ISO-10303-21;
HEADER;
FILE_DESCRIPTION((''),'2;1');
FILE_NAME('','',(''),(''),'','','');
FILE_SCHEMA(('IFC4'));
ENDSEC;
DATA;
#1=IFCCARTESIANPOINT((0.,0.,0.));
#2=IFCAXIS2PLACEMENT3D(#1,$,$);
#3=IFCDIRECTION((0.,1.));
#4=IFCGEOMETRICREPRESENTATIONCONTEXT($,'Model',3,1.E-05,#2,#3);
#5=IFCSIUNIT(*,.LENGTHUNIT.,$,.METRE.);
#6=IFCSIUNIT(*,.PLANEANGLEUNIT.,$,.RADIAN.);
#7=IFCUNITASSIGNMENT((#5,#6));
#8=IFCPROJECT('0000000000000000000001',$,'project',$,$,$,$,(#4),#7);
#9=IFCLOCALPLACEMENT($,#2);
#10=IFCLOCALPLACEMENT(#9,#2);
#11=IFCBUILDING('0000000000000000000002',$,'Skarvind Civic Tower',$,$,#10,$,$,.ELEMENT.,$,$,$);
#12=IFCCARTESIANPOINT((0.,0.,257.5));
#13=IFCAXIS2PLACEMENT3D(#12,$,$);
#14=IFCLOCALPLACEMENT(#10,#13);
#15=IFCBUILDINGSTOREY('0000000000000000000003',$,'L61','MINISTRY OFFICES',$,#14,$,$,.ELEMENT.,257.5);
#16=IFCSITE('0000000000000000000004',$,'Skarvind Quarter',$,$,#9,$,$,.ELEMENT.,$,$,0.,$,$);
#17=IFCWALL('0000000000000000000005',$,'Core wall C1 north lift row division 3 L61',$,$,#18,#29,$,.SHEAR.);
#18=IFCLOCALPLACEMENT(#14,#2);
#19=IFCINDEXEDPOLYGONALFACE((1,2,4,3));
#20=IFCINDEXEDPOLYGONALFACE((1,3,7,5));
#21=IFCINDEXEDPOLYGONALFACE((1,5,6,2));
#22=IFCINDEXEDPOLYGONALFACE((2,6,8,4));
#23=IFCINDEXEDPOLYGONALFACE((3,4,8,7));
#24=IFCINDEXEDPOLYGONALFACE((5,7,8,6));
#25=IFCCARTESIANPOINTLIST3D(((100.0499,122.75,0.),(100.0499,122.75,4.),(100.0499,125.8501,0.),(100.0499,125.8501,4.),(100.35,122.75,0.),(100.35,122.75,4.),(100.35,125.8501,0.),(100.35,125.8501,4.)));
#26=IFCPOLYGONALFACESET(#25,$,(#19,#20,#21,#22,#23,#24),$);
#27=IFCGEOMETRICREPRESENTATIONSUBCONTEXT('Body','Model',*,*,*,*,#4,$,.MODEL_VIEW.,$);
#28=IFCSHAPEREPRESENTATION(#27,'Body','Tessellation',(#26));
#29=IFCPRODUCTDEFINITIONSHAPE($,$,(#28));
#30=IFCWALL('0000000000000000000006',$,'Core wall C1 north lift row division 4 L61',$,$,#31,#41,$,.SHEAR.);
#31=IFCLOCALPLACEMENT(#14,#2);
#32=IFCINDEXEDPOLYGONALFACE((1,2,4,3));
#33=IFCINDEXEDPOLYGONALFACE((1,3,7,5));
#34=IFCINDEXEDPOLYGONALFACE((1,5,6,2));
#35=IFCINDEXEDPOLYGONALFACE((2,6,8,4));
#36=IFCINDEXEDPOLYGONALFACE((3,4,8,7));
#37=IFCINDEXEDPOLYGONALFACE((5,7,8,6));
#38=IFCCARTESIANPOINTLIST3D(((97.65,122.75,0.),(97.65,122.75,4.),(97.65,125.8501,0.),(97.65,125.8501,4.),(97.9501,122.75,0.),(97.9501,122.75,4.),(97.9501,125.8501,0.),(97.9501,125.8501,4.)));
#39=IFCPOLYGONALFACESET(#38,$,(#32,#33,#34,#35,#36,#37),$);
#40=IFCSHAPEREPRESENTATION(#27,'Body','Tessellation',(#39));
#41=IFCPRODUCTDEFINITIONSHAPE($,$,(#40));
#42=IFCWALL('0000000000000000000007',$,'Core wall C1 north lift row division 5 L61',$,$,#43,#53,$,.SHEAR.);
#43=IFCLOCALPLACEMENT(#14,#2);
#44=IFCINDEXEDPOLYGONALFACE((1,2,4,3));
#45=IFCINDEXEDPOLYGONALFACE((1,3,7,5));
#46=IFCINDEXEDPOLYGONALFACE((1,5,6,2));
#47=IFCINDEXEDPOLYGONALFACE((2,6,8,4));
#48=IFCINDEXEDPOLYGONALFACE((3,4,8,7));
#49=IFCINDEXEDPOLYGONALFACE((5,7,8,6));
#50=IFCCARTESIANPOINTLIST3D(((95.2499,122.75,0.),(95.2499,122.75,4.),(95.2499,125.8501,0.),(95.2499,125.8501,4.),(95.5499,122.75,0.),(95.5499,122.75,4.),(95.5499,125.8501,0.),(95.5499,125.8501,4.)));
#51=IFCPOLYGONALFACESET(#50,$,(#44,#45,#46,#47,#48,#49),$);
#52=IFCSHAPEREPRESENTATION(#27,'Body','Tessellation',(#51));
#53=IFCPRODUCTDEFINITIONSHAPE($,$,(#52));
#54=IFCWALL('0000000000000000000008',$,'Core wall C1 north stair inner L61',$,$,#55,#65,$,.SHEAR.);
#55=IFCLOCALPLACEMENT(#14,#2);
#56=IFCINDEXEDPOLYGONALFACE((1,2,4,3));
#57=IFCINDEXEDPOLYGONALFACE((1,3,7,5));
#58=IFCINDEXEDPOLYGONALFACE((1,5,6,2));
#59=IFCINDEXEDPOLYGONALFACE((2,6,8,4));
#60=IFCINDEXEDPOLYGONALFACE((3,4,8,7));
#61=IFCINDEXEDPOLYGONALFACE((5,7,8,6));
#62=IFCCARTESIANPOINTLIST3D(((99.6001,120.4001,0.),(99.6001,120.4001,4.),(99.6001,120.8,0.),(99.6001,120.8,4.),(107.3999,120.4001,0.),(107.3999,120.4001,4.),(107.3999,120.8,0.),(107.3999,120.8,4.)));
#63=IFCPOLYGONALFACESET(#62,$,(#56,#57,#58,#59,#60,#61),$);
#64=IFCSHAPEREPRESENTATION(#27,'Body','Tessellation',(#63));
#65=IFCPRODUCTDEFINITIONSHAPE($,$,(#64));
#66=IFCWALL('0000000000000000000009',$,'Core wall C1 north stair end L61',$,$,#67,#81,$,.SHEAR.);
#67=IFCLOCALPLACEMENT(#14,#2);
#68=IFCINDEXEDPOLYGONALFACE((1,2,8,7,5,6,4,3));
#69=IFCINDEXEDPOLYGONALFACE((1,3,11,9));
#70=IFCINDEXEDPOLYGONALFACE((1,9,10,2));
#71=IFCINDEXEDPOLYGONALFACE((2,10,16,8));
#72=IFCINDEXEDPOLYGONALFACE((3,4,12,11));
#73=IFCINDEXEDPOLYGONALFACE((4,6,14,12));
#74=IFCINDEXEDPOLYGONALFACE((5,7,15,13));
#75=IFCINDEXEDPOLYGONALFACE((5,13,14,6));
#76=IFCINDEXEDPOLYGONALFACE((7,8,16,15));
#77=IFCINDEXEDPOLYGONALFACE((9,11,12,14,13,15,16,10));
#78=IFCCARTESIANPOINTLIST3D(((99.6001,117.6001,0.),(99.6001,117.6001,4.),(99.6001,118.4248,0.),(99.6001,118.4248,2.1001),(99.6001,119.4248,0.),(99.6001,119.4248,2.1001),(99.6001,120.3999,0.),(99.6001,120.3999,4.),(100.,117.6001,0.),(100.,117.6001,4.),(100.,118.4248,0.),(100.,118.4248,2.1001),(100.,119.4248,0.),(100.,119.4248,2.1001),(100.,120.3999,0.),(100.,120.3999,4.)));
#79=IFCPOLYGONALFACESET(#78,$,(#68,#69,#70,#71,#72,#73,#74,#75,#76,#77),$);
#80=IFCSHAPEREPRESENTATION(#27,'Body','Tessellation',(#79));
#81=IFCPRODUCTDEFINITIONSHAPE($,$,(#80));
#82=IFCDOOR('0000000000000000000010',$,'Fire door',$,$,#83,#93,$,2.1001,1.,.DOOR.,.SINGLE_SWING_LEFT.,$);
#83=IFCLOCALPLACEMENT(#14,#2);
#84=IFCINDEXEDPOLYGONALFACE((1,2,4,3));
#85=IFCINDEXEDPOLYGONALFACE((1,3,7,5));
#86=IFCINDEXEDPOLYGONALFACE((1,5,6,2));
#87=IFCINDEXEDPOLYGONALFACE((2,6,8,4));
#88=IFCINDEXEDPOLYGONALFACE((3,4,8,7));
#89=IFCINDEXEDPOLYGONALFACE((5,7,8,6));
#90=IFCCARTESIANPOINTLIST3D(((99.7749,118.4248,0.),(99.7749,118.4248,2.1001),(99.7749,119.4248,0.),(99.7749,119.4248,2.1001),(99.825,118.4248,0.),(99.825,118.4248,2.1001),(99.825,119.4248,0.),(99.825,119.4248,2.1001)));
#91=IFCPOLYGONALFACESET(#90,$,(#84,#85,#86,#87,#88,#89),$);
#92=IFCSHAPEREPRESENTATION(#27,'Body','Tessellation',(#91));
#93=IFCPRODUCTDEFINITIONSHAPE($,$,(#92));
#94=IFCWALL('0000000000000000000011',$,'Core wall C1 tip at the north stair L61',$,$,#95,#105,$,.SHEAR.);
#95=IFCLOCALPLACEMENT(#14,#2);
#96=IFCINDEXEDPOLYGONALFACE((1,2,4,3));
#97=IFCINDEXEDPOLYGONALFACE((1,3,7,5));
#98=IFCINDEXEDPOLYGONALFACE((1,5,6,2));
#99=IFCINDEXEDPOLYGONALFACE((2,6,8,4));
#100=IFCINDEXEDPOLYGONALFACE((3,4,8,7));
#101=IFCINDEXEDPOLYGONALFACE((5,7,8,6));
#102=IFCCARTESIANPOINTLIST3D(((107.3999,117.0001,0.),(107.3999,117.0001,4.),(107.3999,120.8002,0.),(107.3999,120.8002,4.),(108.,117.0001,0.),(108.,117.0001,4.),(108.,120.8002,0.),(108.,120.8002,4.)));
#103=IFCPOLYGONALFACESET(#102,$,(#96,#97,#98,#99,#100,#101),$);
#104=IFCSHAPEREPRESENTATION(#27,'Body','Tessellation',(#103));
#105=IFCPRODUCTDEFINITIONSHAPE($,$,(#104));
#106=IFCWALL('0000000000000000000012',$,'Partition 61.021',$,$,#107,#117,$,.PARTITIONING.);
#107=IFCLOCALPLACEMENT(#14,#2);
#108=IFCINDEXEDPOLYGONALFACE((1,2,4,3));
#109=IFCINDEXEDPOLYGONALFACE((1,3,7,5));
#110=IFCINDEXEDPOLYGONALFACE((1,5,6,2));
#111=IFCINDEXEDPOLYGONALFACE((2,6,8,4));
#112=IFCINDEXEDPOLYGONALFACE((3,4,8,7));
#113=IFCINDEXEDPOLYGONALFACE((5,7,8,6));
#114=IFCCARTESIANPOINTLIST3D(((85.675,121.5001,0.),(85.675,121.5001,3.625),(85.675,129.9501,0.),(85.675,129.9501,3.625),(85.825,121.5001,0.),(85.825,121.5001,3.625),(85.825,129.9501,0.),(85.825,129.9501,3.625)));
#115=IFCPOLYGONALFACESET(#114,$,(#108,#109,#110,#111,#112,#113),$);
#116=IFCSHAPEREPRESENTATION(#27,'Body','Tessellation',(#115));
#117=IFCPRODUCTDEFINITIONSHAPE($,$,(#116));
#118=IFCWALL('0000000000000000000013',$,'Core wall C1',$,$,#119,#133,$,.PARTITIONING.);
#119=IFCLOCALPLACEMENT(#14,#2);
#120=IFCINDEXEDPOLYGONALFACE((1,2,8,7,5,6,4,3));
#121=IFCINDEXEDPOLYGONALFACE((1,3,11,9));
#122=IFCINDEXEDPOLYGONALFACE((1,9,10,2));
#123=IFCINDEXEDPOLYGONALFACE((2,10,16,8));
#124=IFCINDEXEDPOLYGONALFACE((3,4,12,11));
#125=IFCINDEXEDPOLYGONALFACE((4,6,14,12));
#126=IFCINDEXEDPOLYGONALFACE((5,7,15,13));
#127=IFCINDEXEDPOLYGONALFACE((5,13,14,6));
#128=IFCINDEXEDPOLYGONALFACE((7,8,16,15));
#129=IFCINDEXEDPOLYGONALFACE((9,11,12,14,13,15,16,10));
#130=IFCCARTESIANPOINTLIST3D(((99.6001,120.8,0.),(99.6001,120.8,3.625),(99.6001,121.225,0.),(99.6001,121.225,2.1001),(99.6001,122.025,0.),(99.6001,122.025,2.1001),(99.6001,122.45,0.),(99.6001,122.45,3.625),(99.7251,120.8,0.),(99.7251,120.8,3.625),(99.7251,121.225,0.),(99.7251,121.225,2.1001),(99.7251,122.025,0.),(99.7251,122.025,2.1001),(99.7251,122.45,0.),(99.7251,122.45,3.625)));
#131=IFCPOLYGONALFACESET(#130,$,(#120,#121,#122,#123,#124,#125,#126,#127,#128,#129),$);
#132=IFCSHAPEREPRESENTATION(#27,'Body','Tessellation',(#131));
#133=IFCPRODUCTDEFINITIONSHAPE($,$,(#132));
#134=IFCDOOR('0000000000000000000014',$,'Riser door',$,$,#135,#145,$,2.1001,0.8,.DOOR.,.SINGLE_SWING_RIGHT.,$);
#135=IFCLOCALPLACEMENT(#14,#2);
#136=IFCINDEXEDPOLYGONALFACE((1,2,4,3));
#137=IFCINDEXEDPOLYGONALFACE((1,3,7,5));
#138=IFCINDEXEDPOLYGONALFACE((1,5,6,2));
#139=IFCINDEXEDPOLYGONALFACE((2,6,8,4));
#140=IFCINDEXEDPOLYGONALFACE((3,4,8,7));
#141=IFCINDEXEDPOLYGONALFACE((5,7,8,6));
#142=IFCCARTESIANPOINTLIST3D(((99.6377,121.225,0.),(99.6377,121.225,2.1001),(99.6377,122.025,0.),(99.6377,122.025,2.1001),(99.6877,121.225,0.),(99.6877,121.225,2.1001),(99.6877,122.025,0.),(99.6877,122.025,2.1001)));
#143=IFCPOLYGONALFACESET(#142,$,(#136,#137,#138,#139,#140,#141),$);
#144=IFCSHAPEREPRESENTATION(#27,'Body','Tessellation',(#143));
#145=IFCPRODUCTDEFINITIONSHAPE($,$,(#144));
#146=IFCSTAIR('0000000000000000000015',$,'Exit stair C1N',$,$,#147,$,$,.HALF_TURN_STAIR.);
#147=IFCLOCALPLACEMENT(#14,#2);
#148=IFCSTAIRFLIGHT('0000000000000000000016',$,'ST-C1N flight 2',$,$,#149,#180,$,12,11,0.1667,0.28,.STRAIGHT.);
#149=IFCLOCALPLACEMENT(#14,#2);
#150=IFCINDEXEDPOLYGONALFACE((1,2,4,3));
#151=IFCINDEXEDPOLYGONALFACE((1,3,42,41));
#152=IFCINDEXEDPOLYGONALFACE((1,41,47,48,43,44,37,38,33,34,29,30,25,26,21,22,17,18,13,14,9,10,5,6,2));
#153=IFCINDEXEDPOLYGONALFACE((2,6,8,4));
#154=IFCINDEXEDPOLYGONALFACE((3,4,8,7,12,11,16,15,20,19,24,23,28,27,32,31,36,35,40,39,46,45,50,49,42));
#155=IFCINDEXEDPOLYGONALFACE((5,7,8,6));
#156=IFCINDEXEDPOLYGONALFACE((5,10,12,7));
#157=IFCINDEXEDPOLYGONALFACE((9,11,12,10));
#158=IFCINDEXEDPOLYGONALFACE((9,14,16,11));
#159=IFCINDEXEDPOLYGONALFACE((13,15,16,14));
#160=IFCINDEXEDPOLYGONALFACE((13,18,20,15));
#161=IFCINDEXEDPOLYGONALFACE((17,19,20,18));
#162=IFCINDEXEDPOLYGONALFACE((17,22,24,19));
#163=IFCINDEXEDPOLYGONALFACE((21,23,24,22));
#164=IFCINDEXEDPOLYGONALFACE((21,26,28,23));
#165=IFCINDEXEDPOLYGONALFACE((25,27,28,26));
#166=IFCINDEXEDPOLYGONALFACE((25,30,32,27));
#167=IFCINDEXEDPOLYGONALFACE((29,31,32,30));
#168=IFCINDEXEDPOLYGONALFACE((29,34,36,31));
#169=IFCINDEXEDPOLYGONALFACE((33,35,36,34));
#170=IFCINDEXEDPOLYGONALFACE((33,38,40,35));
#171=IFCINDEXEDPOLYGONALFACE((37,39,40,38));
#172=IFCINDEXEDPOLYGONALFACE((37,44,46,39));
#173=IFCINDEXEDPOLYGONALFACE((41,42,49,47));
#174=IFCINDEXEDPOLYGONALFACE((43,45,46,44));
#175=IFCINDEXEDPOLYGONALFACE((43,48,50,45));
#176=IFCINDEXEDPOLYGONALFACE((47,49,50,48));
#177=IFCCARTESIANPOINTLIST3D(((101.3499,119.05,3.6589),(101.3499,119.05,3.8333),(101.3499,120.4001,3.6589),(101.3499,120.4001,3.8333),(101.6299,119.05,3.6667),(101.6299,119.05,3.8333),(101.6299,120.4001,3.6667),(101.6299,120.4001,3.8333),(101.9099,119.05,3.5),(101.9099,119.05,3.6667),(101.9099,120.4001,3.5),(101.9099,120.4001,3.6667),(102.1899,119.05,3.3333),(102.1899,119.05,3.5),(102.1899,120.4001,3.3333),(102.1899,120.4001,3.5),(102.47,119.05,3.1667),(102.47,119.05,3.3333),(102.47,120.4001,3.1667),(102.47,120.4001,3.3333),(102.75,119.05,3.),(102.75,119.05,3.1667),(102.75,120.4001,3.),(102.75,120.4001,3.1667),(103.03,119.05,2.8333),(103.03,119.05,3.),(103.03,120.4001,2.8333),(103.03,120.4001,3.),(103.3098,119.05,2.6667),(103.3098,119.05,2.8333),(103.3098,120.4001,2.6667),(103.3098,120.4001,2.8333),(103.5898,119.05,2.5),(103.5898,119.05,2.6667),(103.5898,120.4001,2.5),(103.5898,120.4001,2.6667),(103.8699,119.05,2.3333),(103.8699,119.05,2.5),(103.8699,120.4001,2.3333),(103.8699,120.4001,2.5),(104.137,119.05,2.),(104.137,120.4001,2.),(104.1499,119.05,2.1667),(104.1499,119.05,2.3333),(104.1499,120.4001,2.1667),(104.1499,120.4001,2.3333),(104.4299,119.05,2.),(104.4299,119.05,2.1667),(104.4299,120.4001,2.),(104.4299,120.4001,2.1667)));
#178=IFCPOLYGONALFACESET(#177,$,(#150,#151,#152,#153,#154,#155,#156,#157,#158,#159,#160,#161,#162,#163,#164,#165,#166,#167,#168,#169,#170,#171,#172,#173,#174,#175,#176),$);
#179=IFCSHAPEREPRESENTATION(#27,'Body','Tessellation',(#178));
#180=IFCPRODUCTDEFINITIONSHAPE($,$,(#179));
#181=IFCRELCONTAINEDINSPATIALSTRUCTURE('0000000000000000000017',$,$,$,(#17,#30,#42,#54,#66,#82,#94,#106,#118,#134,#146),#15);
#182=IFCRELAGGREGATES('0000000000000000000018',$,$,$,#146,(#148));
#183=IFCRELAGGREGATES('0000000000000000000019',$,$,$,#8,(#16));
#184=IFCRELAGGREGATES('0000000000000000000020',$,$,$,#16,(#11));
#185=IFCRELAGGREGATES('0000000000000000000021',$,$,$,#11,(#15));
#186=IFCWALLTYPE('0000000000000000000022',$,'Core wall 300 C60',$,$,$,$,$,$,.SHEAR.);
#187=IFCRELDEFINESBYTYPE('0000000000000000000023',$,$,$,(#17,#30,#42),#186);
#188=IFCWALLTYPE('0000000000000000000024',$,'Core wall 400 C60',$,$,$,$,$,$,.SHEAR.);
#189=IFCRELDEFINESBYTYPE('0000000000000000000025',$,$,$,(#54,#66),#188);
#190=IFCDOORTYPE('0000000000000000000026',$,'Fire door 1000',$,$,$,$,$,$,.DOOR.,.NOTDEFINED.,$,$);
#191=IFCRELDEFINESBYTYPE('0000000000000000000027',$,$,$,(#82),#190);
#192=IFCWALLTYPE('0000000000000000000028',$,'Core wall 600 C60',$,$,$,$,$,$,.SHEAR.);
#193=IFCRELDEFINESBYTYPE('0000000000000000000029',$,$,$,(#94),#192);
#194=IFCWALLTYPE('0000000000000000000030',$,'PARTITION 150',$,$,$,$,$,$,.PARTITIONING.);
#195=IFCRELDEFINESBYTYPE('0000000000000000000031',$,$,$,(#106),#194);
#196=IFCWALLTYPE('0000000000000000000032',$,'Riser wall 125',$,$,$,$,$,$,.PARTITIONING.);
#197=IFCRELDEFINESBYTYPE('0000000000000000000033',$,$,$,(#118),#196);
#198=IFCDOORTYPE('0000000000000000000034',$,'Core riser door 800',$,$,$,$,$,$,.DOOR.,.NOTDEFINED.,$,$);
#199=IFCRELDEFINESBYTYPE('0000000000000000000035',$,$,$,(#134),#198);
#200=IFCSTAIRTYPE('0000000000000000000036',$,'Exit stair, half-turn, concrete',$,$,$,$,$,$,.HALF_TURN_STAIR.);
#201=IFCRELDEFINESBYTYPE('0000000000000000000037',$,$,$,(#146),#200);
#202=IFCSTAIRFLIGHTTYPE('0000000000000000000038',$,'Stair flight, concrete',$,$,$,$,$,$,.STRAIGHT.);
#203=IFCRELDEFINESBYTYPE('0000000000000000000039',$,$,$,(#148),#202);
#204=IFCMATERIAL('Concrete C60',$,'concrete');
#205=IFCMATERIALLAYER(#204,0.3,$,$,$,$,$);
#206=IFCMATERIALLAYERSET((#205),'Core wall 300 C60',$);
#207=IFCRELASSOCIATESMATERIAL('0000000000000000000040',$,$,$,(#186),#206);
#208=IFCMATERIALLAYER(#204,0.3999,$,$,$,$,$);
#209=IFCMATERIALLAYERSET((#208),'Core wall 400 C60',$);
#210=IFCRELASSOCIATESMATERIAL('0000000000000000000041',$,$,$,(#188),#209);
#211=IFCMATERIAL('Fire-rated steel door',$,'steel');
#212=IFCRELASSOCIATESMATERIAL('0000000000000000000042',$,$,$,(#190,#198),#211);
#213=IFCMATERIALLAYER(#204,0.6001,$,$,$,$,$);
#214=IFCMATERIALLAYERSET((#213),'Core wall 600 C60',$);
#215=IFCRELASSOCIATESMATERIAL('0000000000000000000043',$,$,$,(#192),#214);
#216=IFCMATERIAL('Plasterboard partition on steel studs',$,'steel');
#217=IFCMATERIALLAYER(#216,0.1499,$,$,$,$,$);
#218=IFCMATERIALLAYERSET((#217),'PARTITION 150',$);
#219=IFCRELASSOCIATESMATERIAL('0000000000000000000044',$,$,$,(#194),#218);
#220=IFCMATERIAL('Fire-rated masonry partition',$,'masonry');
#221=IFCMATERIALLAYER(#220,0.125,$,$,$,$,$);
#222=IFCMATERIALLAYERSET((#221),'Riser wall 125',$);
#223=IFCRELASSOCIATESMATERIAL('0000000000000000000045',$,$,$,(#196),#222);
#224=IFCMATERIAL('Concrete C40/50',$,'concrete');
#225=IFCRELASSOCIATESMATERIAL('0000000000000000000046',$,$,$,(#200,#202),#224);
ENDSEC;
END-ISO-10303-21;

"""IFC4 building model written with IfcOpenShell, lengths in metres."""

from ifc_helpers import new_model, si_unit, direction, frame, frame_2d, origin, place, context, subcontext, project, spatial, polyline, rectangle, outline, extrude, material, layer, layer_set, type_object, element, fill, aggregate, save


model = new_model("IFC4")

# Units and contexts
model_context = context("Model", 3, precision=1e-05, world=origin(), true_north=direction((0.0, 1.0)))
body_context = subcontext(model_context, "Body", "Model", "MODEL_VIEW")
ifc_project = project(units=[si_unit("LENGTHUNIT", "METRE"), si_unit("PLANEANGLEUNIT", "RADIAN")], contexts=[model_context])

# Site, building, storey
site_placement = place(None, origin())
site = spatial("IfcSite", under=ifc_project, at=site_placement, Name="Skarvind Quarter", CompositionType="ELEMENT", RefElevation=0.0)
building_placement = place(site_placement, origin())
building = spatial("IfcBuilding", under=site, at=building_placement, Name="Skarvind Civic Tower", CompositionType="ELEMENT")
storey_placement = place(building_placement, frame((0.0, 0.0, 257.5)))
storey = spatial("IfcBuildingStorey", under=building, at=storey_placement, Name="L61", Description="MINISTRY OFFICES", CompositionType="ELEMENT", Elevation=257.5)

# Shared definitions
ifc_material_1 = material(Name="Concrete C60", Category="concrete")

# Shared definitions
ifc_layer_1 = layer(ifc_material_1, 0.3)
ifc_layer_set_1 = layer_set([ifc_layer_1], Name="Core wall 300 C60")
wall_type_1 = type_object("IfcWallType", Name="Core wall 300 C60", PredefinedType="SHEAR", material=ifc_layer_set_1)

# Walls
for number, where, z_axis, x_axis, name in (
    (1, (100.2, 125.8501, 0.0), (0.0, 0.0, 1.0), (0.0, -1.0, 0.0), "Core wall C1 north lift row division 3 L61"),
    (2, (97.8, 125.8501, 0.0), (0.0, 0.0, 1.0), (0.0, -1.0, 0.0), "Core wall C1 north lift row division 4 L61"),
    (3, (95.3999, 125.8501, 0.0), (0.0, 0.0, 1.0), (0.0, -1.0, 0.0), "Core wall C1 north lift row division 5 L61"),
):
    element("IfcWall", number, at=place(storey_placement, frame(where, z_axis=z_axis, x_axis=x_axis)), inside=storey, type_object=wall_type_1, Name=name, PredefinedType="SHEAR", context=body_context, shape_type="SweptSolid", body=[
        extrude(rectangle(XDim=3.1001, YDim=0.3, at=frame_2d((1.55, 0.0))), origin(), (0.0, 0.0, 1.0), 4.0),
    ])
ifc_layer_2 = layer(ifc_material_1, 0.3999)
ifc_layer_set_2 = layer_set([ifc_layer_2], Name="Core wall 400 C60")
wall_type_2 = type_object("IfcWallType", Name="Core wall 400 C60", PredefinedType="SHEAR", material=ifc_layer_set_2)
wall_1_placement = place(storey_placement, frame((107.3999, 120.6001, 0.0), z_axis=(0.0, 0.0, 1.0), x_axis=(-1.0, 0.0, 0.0)))
element("IfcWall", 4, at=wall_1_placement, inside=storey, type_object=wall_type_2, Name="Core wall C1 north stair inner L61", PredefinedType="SHEAR", context=body_context, shape_type="SweptSolid", body=[
    extrude(rectangle(XDim=7.7998, YDim=0.3999, at=frame_2d((3.8999, 0.0))), origin(), (0.0, 0.0, 1.0), 4.0),
])

# Wall, opening, door
wall_2_placement = place(storey_placement, frame((99.8, 120.3999, 0.0), z_axis=(0.0, 0.0, 1.0), x_axis=(0.0, -1.0, 0.0)))
wall_2 = element("IfcWall", 5, at=wall_2_placement, inside=storey, type_object=wall_type_2, Name="Core wall C1 north stair end L61", PredefinedType="SHEAR", context=body_context, shape_type="SweptSolid", body=[
    extrude(rectangle(XDim=2.7998, YDim=0.3999, at=frame_2d((1.3999, 0.0))), origin(), (0.0, 0.0, 1.0), 4.0),
])
opening_1_placement = place(wall_2_placement, frame((0.9751, 0.0, 0.0)))
opening_1 = element("IfcOpeningElement", 6, at=opening_1_placement, cuts=wall_2, PredefinedType="OPENING", context=body_context, shape_type="SweptSolid", body=[
    extrude(rectangle(XDim=1.0, YDim=2.1001, at=frame_2d((0.5, 1.05))), frame((0.0, 0.21, 0.0), z_axis=(0.0, -1.0, 0.0), x_axis=(1.0, 0.0, 0.0)), (0.0, 0.0, 1.0), 0.4199),
])
ifc_material_2 = material(Name="Fire-rated steel door", Category="steel")
door_type_1 = type_object("IfcDoorType", Name="Fire door 1000", OperationType="NOTDEFINED", PredefinedType="DOOR", material=ifc_material_2)
door_1_placement = place(opening_1_placement, origin())
door_1 = element("IfcDoor", 7, at=door_1_placement, inside=storey, type_object=door_type_1, Name="Fire door", OperationType="SINGLE_SWING_LEFT", OverallHeight=2.1001, OverallWidth=1.0, PredefinedType="DOOR", context=body_context, shape_type="SweptSolid", body=[
    extrude(rectangle(XDim=1.0, YDim=2.1001, at=frame_2d((0.5, 1.05))), frame((0.0, 0.0249, 0.0), z_axis=(0.0, -1.0, 0.0), x_axis=(1.0, 0.0, 0.0)), (0.0, 0.0, 1.0), 0.05),
])
fill(opening_1, door_1)

# Walls
ifc_layer_3 = layer(ifc_material_1, 0.6001)
ifc_layer_set_3 = layer_set([ifc_layer_3], Name="Core wall 600 C60")
wall_type_3 = type_object("IfcWallType", Name="Core wall 600 C60", PredefinedType="SHEAR", material=ifc_layer_set_3)
wall_3_placement = place(storey_placement, frame((107.7, 120.8, 0.0), z_axis=(0.0, 0.0, 1.0), x_axis=(0.0, -1.0, 0.0)))
element("IfcWall", 8, at=wall_3_placement, inside=storey, type_object=wall_type_3, Name="Core wall C1 tip at the north stair L61", PredefinedType="SHEAR", context=body_context, shape_type="SweptSolid", body=[
    extrude(rectangle(XDim=3.8, YDim=0.6001, at=frame_2d((1.8999, 0.0))), origin(), (0.0, 0.0, 1.0), 4.0),
])
ifc_material_3 = material(Name="Plasterboard partition on steel studs", Category="steel")
ifc_layer_4 = layer(ifc_material_3, 0.1499)
ifc_layer_set_4 = layer_set([ifc_layer_4], Name="PARTITION 150")
wall_type_4 = type_object("IfcWallType", Name="PARTITION 150", PredefinedType="PARTITIONING", material=ifc_layer_set_4)
wall_4_placement = place(storey_placement, frame((85.75, 121.5, 0.0), z_axis=(0.0, 0.0, 1.0), x_axis=(0.0, 1.0, 0.0)))
element("IfcWall", 9, at=wall_4_placement, inside=storey, type_object=wall_type_4, Name="Partition 61.021", PredefinedType="PARTITIONING", context=body_context, shape_type="SweptSolid", body=[
    extrude(rectangle(XDim=8.45, YDim=0.1499, at=frame_2d((4.2251, 0.0))), origin(), (0.0, 0.0, 1.0), 3.625),
])

# Wall, opening, door
ifc_material_4 = material(Name="Fire-rated masonry partition", Category="masonry")
ifc_layer_5 = layer(ifc_material_4, 0.125)
ifc_layer_set_5 = layer_set([ifc_layer_5], Name="Riser wall 125")
wall_type_5 = type_object("IfcWallType", Name="Riser wall 125", PredefinedType="PARTITIONING", material=ifc_layer_set_5)
wall_5_placement = place(storey_placement, frame((99.6626, 120.8, 0.0), z_axis=(0.0, 0.0, 1.0), x_axis=(0.0, 1.0, 0.0)))
wall_5 = element("IfcWall", 10, at=wall_5_placement, inside=storey, type_object=wall_type_5, Name="Core wall C1", PredefinedType="PARTITIONING", context=body_context, shape_type="SweptSolid", body=[
    extrude(rectangle(XDim=1.6499, YDim=0.125, at=frame_2d((0.825, 0.0))), origin(), (0.0, 0.0, 1.0), 3.625),
])
opening_2_placement = place(wall_5_placement, frame((0.425, 0.0, 0.0)))
opening_2 = element("IfcOpeningElement", 11, at=opening_2_placement, cuts=wall_5, PredefinedType="OPENING", context=body_context, shape_type="SweptSolid", body=[
    extrude(rectangle(XDim=0.8, YDim=2.1001, at=frame_2d((0.3999, 1.05))), frame((0.0, 0.0725, 0.0), z_axis=(0.0, -1.0, 0.0), x_axis=(1.0, 0.0, 0.0)), (0.0, 0.0, 1.0), 0.145),
])
door_type_2 = type_object("IfcDoorType", Name="Core riser door 800", OperationType="NOTDEFINED", PredefinedType="DOOR", material=ifc_material_2)
door_2_placement = place(opening_2_placement, origin())
door_2 = element("IfcDoor", 12, at=door_2_placement, inside=storey, type_object=door_type_2, Name="Riser door", OperationType="SINGLE_SWING_RIGHT", OverallHeight=2.1001, OverallWidth=0.8, PredefinedType="DOOR", context=body_context, shape_type="SweptSolid", body=[
    extrude(rectangle(XDim=0.8, YDim=2.1001, at=frame_2d((0.3999, 1.05))), frame((0.0, 0.0249, 0.0), z_axis=(0.0, -1.0, 0.0), x_axis=(1.0, 0.0, 0.0)), (0.0, 0.0, 1.0), 0.05),
])
fill(opening_2, door_2)

# Stair, stair flight
ifc_material_5 = material(Name="Concrete C40/50", Category="concrete")
stair_type = type_object("IfcStairType", Name="Exit stair, half-turn, concrete", PredefinedType="HALF_TURN_STAIR", material=ifc_material_5)
stair_placement = place(storey_placement, origin())
stair = element("IfcStair", 13, at=stair_placement, inside=storey, type_object=stair_type, Name="Exit stair C1N", PredefinedType="HALF_TURN_STAIR")
stair_flight_type = type_object("IfcStairFlightType", Name="Stair flight, concrete", PredefinedType="STRAIGHT", material=ifc_material_5)
stair_flight_placement = place(storey_placement, frame((104.4299, 119.7251, 2.0), z_axis=(0.0, 0.0, 1.0), x_axis=(-1.0, 0.0, 0.0)))
stair_flight = element("IfcStairFlight", 14, at=stair_flight_placement, type_object=stair_flight_type, Name="ST-C1N flight 2", NumberOfRisers=12, NumberOfTreads=11, PredefinedType="STRAIGHT", RiserHeight=0.1667, TreadLength=0.28, context=body_context, shape_type="SweptSolid", body=[
    extrude(outline(polyline([(0.0, 0.0), (0.0, 0.1667), (0.28, 0.1667), (0.28, 0.3333), (0.5601, 0.3333), (0.5601, 0.5), (0.8401, 0.5), (0.8401, 0.6667), (1.1201, 0.6667), (1.1201, 0.8333), (1.3999, 0.8333), (1.3999, 1.0), (1.6799, 1.0), (1.6799, 1.1667), (1.96, 1.1667), (1.96, 1.3333), (2.24, 1.3333), (2.24, 1.5), (2.52, 1.5), (2.52, 1.6667), (2.8, 1.6667), (2.8, 1.8333), (3.0801, 1.8333), (3.0801, 2.0), (3.0801, 1.6589), (0.293, 0.0), (0.0, 0.0)])), frame((0.0, 0.675, 0.0), z_axis=(0.0, -1.0, 0.0), x_axis=(1.0, 0.0, 0.0)), (0.0, 0.0, 1.0), 1.3501),
])
aggregate(stair, [stair_flight])

save(model, "model.ifc")
